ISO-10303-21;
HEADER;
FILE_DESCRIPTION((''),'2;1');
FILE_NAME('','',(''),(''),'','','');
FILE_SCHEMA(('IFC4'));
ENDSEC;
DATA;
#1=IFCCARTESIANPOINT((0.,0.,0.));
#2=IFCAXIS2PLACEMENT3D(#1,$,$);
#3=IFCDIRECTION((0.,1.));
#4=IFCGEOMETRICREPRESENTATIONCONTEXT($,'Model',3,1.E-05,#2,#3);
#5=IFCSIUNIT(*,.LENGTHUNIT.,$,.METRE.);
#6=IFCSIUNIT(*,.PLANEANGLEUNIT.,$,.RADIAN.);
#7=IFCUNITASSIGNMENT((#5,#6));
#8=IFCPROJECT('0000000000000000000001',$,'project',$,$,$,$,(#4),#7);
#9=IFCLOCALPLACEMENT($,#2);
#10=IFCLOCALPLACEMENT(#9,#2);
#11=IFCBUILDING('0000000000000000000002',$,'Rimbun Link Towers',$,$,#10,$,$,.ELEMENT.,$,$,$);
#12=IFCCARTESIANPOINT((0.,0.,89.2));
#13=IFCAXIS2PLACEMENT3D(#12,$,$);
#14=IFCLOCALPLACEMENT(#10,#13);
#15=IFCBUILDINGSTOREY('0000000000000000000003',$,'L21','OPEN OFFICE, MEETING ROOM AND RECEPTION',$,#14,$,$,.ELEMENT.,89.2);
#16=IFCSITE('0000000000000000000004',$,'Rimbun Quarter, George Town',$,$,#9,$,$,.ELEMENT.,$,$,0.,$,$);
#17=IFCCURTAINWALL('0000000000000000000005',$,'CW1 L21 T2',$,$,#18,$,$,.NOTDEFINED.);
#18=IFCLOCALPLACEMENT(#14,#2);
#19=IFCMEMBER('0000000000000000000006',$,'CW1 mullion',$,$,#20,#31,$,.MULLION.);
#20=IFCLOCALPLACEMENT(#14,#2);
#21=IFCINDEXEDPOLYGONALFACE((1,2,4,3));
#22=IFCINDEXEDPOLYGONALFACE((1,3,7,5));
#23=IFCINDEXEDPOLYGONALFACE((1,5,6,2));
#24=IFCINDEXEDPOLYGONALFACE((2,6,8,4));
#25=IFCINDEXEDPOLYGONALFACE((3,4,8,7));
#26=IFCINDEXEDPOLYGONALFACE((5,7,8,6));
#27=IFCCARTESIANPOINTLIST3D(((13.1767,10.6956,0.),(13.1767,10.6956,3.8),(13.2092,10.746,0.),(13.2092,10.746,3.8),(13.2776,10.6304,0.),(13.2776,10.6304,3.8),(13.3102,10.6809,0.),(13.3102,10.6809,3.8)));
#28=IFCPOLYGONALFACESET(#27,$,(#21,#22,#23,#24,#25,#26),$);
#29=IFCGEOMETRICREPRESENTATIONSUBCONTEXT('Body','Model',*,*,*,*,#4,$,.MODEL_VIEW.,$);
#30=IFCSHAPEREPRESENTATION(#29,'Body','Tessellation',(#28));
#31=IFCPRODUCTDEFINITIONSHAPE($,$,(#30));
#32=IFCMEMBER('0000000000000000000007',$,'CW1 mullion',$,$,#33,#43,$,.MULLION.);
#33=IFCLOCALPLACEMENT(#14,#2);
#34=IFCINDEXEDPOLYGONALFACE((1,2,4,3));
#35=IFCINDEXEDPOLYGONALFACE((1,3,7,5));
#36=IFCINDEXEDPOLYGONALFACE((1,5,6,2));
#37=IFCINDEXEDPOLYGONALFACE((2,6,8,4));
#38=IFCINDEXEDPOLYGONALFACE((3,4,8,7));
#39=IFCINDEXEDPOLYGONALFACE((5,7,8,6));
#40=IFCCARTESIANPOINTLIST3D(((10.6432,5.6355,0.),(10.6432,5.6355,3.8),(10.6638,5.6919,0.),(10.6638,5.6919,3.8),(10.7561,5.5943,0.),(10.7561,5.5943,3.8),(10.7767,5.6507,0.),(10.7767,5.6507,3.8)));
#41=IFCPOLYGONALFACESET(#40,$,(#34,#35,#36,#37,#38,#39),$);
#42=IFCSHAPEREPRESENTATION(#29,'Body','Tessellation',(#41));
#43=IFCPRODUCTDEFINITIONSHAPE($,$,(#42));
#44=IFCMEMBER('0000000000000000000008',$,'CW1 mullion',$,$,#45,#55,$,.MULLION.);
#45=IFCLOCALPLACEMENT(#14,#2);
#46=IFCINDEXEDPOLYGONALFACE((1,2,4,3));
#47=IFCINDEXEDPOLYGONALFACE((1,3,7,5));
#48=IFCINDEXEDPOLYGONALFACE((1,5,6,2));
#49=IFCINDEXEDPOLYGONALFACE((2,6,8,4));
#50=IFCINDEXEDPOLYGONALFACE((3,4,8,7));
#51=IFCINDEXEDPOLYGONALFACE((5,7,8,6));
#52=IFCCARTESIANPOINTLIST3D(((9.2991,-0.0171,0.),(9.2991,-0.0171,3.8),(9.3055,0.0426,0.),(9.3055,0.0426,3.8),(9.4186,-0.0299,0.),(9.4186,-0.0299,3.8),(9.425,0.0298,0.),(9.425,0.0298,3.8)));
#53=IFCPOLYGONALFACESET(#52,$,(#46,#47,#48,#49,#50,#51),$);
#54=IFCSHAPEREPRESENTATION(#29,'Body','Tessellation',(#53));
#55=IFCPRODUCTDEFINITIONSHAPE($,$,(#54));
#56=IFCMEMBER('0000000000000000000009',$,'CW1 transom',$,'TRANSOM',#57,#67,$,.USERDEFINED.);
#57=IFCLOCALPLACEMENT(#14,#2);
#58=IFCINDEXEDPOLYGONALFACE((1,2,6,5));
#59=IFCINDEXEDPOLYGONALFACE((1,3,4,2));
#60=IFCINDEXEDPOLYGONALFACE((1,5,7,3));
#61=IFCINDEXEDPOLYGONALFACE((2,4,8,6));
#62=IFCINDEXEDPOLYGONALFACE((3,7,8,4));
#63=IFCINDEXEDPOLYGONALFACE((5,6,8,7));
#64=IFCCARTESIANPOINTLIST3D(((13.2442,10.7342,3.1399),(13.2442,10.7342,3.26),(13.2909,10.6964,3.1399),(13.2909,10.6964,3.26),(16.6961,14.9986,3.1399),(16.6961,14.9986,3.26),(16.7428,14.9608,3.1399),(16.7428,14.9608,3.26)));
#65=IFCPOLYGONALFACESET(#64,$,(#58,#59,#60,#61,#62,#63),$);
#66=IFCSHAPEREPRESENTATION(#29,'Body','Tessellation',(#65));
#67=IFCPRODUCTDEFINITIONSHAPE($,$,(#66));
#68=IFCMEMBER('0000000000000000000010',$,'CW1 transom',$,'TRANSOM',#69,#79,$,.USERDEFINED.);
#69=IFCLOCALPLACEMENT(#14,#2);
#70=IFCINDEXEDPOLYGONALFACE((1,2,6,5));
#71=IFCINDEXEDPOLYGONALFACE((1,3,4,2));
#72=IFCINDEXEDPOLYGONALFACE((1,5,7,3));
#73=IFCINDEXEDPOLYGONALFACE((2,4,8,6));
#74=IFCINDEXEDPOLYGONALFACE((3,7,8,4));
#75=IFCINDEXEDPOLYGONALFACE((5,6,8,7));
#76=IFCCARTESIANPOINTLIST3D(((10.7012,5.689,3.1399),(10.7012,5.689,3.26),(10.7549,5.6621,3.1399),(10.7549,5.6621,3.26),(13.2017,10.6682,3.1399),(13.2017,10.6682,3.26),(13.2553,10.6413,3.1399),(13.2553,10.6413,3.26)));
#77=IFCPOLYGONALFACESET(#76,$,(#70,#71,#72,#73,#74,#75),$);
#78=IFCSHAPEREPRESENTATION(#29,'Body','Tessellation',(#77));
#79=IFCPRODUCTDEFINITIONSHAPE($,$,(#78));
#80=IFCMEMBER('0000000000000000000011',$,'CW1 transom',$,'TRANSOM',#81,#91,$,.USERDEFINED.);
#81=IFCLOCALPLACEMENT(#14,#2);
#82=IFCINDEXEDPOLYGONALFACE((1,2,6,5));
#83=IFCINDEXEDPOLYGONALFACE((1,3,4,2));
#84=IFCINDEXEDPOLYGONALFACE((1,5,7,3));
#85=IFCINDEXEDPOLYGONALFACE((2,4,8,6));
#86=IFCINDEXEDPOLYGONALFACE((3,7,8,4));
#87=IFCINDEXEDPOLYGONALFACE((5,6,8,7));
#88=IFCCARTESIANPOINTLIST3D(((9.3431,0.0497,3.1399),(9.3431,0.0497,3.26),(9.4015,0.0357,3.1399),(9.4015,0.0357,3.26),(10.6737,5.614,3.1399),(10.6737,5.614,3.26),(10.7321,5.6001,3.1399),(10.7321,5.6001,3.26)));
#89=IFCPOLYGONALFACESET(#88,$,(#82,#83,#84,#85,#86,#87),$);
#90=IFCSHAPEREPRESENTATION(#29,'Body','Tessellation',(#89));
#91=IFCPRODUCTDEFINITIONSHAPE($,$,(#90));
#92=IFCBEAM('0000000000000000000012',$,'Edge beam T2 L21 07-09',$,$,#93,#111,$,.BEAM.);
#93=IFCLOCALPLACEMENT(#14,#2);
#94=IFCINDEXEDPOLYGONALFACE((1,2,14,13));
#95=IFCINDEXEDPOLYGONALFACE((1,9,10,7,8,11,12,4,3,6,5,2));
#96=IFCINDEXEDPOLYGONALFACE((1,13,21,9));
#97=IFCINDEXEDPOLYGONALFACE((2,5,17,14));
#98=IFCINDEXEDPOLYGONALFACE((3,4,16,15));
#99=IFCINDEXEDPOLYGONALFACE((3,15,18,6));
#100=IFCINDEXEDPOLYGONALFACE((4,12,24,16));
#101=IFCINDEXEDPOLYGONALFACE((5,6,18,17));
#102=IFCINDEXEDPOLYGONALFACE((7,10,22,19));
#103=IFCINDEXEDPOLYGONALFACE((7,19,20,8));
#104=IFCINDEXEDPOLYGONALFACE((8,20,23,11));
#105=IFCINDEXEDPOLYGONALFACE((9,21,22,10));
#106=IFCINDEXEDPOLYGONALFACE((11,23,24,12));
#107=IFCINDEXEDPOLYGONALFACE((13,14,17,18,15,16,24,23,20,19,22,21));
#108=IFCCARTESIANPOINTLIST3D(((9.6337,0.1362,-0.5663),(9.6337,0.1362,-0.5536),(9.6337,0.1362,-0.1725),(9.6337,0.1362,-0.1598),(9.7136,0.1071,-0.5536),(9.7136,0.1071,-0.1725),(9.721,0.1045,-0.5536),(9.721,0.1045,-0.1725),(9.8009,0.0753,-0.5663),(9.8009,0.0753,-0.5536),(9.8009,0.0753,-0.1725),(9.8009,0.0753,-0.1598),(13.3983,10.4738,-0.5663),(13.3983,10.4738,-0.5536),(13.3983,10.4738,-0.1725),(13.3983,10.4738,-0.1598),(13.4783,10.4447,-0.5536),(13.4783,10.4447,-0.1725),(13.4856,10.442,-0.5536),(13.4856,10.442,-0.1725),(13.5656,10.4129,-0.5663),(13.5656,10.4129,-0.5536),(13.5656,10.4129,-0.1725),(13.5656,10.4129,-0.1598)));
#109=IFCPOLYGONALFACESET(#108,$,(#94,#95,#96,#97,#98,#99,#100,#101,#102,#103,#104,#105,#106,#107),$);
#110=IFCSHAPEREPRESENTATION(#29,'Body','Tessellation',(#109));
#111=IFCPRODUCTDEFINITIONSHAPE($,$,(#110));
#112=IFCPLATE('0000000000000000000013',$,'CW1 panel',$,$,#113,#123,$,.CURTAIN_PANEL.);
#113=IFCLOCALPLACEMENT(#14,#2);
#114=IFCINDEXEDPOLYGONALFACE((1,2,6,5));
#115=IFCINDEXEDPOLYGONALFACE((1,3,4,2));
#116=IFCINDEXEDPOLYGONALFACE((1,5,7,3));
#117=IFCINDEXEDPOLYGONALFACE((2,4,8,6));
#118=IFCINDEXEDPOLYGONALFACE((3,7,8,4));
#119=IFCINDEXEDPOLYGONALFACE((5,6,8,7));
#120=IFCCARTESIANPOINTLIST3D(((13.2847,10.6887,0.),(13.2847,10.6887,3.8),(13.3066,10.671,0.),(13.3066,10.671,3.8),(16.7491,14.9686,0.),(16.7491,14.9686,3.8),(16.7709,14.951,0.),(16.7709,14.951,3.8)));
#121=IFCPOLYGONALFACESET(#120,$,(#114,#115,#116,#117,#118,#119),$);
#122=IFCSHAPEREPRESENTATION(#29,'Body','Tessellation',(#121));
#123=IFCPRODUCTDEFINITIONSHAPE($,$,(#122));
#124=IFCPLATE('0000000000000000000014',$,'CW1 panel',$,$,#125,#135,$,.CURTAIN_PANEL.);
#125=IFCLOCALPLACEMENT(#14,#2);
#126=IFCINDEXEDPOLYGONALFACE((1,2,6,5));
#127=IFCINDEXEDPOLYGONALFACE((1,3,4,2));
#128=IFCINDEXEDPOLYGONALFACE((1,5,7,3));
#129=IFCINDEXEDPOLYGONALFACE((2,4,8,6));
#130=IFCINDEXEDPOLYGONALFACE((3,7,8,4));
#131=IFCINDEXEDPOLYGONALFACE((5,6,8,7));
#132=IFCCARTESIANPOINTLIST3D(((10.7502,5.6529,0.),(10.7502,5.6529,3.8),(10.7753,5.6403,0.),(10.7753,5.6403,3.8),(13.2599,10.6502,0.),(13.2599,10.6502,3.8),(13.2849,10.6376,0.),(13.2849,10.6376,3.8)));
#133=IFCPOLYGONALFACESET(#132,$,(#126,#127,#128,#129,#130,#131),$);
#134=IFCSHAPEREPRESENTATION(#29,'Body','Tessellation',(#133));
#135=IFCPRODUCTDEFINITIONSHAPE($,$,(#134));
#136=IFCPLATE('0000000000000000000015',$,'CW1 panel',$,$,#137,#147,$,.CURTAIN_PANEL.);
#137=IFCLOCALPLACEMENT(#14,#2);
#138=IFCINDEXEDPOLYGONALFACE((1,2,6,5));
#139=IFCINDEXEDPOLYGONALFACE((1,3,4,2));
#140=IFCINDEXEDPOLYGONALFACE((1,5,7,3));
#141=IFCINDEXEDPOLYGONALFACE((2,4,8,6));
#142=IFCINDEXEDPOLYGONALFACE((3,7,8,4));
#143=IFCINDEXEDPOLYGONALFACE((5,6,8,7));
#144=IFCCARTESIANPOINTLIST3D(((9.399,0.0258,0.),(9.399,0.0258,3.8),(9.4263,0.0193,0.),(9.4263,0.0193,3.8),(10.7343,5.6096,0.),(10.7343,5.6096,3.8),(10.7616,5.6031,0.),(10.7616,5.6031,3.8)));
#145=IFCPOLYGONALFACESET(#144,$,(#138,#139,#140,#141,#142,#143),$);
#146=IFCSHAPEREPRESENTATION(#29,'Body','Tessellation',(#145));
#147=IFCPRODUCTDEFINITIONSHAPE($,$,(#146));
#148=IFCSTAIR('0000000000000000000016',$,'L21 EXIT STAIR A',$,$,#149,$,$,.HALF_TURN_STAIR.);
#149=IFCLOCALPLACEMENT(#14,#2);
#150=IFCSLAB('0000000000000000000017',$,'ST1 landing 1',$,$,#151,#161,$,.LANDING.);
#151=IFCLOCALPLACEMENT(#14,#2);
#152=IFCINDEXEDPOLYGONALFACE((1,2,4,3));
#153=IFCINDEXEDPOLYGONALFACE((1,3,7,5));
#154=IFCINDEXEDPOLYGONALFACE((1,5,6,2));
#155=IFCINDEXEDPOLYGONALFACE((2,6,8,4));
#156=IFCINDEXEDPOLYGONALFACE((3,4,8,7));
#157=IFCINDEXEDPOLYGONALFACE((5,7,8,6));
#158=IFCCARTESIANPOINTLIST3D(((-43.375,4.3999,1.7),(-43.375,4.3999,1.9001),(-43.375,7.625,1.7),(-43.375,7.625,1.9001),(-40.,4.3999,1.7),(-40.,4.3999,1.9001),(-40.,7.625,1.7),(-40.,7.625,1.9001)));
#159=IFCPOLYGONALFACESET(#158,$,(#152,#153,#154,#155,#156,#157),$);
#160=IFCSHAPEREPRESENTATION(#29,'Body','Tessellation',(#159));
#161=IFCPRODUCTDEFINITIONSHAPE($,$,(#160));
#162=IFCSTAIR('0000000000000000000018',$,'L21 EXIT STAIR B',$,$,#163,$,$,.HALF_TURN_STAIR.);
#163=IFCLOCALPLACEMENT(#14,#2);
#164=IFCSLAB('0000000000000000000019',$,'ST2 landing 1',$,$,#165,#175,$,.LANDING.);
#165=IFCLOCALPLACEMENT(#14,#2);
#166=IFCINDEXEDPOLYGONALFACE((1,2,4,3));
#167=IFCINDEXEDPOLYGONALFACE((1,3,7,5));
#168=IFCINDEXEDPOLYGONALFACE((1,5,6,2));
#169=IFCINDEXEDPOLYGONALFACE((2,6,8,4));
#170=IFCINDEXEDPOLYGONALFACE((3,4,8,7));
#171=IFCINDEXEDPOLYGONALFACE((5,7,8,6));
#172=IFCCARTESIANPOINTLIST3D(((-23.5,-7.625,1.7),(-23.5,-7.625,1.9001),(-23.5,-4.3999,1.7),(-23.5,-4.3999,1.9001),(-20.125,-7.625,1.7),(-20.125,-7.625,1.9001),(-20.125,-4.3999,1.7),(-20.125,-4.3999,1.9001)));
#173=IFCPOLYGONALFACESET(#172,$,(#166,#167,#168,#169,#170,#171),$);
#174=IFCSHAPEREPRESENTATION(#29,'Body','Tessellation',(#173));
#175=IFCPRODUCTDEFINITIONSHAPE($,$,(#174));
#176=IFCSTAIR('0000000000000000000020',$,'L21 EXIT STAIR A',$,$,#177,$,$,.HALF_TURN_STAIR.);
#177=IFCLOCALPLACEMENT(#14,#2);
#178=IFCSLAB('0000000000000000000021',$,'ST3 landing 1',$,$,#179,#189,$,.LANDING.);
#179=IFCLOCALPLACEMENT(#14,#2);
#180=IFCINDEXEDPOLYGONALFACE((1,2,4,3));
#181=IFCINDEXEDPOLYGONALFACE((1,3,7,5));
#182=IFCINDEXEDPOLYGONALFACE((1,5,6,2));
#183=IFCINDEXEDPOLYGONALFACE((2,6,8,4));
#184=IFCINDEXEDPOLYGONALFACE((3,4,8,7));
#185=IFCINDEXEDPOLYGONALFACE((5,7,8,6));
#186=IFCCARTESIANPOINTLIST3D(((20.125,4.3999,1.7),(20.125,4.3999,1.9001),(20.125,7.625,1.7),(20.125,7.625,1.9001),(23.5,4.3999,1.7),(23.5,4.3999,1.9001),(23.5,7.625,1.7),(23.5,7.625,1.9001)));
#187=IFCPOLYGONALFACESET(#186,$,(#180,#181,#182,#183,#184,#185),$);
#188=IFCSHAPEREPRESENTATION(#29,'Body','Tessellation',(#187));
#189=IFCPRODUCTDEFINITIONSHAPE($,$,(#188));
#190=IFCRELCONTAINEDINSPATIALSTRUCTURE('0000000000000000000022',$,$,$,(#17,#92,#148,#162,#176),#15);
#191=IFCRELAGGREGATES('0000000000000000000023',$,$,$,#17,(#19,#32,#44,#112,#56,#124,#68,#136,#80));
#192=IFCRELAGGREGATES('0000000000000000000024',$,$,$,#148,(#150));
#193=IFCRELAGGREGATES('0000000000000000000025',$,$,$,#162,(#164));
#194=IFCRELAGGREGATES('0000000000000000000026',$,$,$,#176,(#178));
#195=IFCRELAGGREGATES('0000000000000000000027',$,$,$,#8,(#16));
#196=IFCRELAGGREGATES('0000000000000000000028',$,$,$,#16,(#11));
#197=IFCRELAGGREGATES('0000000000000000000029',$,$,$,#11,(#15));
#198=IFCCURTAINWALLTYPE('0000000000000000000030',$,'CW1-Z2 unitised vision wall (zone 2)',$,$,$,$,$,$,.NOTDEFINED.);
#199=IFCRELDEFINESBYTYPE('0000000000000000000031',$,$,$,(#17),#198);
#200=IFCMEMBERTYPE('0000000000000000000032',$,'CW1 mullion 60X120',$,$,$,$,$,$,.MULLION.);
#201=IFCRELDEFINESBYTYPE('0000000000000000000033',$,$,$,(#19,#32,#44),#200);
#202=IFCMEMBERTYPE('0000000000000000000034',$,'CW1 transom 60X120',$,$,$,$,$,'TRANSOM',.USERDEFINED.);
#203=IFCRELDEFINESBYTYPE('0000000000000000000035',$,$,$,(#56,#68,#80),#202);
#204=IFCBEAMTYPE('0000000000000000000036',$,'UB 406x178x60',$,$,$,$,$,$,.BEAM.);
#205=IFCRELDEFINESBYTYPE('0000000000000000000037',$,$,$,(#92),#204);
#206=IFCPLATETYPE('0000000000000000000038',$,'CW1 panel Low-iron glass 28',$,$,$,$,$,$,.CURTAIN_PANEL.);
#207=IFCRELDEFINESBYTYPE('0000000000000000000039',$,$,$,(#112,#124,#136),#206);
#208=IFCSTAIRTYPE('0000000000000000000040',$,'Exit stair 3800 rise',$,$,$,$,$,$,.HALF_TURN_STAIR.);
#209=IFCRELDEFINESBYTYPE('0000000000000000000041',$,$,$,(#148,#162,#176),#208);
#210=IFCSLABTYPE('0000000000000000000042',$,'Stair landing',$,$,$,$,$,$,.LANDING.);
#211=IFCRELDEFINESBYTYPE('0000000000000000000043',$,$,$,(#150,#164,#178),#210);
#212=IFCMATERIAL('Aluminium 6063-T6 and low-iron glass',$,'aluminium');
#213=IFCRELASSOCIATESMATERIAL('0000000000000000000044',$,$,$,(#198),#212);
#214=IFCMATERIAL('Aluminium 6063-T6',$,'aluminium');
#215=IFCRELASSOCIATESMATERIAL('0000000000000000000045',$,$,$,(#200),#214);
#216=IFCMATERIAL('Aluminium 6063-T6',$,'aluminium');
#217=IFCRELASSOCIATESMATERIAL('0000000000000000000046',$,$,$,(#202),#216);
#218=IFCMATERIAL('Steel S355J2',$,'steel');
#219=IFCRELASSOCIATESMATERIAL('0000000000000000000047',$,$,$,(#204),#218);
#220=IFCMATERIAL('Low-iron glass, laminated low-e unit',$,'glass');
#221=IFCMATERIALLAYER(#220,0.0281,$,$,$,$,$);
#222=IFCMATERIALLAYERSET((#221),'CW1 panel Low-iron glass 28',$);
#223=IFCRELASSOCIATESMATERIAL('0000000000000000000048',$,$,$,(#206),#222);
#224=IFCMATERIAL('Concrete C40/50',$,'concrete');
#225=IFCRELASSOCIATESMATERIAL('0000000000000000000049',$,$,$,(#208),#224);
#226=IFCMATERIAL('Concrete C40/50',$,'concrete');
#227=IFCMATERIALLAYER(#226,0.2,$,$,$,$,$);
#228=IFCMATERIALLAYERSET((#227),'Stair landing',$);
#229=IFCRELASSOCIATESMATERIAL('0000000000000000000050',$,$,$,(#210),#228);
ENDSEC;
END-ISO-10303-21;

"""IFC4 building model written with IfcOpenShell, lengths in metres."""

from ifc_helpers import new_model, si_unit, direction, frame, origin, origin_2d, place, context, subcontext, project, spatial, polyline, rectangle, i_section, outline, extrude, material, layer, layer_set, material_profile, profile_set, type_object, element, aggregate, save


model = new_model("IFC4")

# Units and contexts
model_context = context("Model", 3, precision=1e-05, world=origin(), true_north=direction((0.0, 1.0)))
body_context = subcontext(model_context, "Body", "Model", "MODEL_VIEW")
ifc_project = project(units=[si_unit("LENGTHUNIT", "METRE"), si_unit("PLANEANGLEUNIT", "RADIAN")], contexts=[model_context])

# Site, building, storey
site_placement = place(None, origin())
site = spatial("IfcSite", under=ifc_project, at=site_placement, Name="Rimbun Quarter, George Town", CompositionType="ELEMENT", RefElevation=0.0)
building_placement = place(site_placement, origin())
building = spatial("IfcBuilding", under=site, at=building_placement, Name="Rimbun Link Towers", CompositionType="ELEMENT")
storey_placement = place(building_placement, frame((0.0, 0.0, 89.2)))
storey = spatial("IfcBuildingStorey", under=building, at=storey_placement, Name="L21", Description="OPEN OFFICE, MEETING ROOM AND RECEPTION", CompositionType="ELEMENT", Elevation=89.2)

# Curtain wall, members
ifc_material_1 = material(Name="Aluminium 6063-T6 and low-iron glass", Category="aluminium")
curtain_wall_type = type_object("IfcCurtainWallType", Name="CW1-Z2 unitised vision wall (zone 2)", PredefinedType="NOTDEFINED", material=ifc_material_1)
curtain_wall_placement = place(storey_placement, origin())
curtain_wall = element("IfcCurtainWall", 1, at=curtain_wall_placement, inside=storey, type_object=curtain_wall_type, Name="CW1 L21 T2", PredefinedType="NOTDEFINED")
ifc_material_2 = material(Name="Aluminium 6063-T6", Category="aluminium")
ifc_material_profile_1 = material_profile(ifc_material_2, rectangle(XDim=0.1201, YDim=0.0601, at=origin_2d()), Name="MULLION 60X120")
ifc_profile_set_1 = profile_set([ifc_material_profile_1], Name="Aluminium 6063-T6")
member_type_1 = type_object("IfcMemberType", Name="CW1 mullion 60X120", PredefinedType="MULLION", material=ifc_profile_set_1)
member_1_placement = place(storey_placement, frame((13.2434, 10.6882, 0.0), z_axis=(0.0, 0.0, 1.0), x_axis=(-0.84031, 0.542106, 0.0)))
member_1 = element("IfcMember", 2, at=member_1_placement, type_object=member_type_1, Name="CW1 mullion", PredefinedType="MULLION", context=body_context, shape_type="SweptSolid", body=[
    extrude(rectangle(XDim=0.1201, YDim=0.0601, at=origin_2d()), origin(), (0.0, 0.0, 1.0), 3.8),
])
member_2_placement = place(storey_placement, frame((10.71, 5.6431, 0.0), z_axis=(0.0, 0.0, 1.0), x_axis=(-0.939348, 0.342965, 0.0)))
member_2 = element("IfcMember", 3, at=member_2_placement, type_object=member_type_1, Name="CW1 mullion", PredefinedType="MULLION", context=body_context, shape_type="SweptSolid", body=[
    extrude(rectangle(XDim=0.1201, YDim=0.0601, at=origin_2d()), origin(), (0.0, 0.0, 1.0), 3.8),
])
member_3_placement = place(storey_placement, frame((9.3621, 0.0063, 0.0), z_axis=(0.0, 0.0, 1.0), x_axis=(-0.994298, 0.106635, 0.0)))
member_3 = element("IfcMember", 4, at=member_3_placement, type_object=member_type_1, Name="CW1 mullion", PredefinedType="MULLION", context=body_context, shape_type="SweptSolid", body=[
    extrude(rectangle(XDim=0.1201, YDim=0.0601, at=origin_2d()), origin(), (0.0, 0.0, 1.0), 3.8),
])
ifc_material_3 = material(Name="Aluminium 6063-T6", Category="aluminium")
ifc_material_profile_2 = material_profile(ifc_material_3, rectangle(XDim=0.0601, YDim=0.1201, at=origin_2d()), Name="TRANSOM 60X120")
ifc_profile_set_2 = profile_set([ifc_material_profile_2], Name="Aluminium 6063-T6")
member_type_2 = type_object("IfcMemberType", Name="CW1 transom 60X120", ElementType="TRANSOM", PredefinedType="USERDEFINED", material=ifc_profile_set_2)
member_4_placement = place(storey_placement, frame((13.2676, 10.7153, 3.2), z_axis=(0.629173, 0.777266, 0.0), x_axis=(-0.777266, 0.629173, 0.0)))
member_4 = element("IfcMember", 5, at=member_4_placement, type_object=member_type_2, Name="CW1 transom", ObjectType="TRANSOM", PredefinedType="USERDEFINED", context=body_context, shape_type="SweptSolid", body=[
    extrude(rectangle(XDim=0.0601, YDim=0.1201, at=origin_2d()), origin(), (0.0, 0.0, 1.0), 5.4863),
])
member_5_placement = place(storey_placement, frame((10.728, 5.6755, 3.2), z_axis=(0.448773, 0.893646, 0.0), x_axis=(-0.893646, 0.448773, 0.0)))
member_5 = element("IfcMember", 6, at=member_5_placement, type_object=member_type_2, Name="CW1 transom", ObjectType="TRANSOM", PredefinedType="USERDEFINED", context=body_context, shape_type="SweptSolid", body=[
    extrude(rectangle(XDim=0.0601, YDim=0.1201, at=origin_2d()), origin(), (0.0, 0.0, 1.0), 5.5718),
])
member_6_placement = place(storey_placement, frame((9.3723, 0.0427, 3.2), z_axis=(0.232572, 0.972579, 0.0), x_axis=(-0.972579, 0.232572, 0.0)))
member_6 = element("IfcMember", 7, at=member_6_placement, type_object=member_type_2, Name="CW1 transom", ObjectType="TRANSOM", PredefinedType="USERDEFINED", context=body_context, shape_type="SweptSolid", body=[
    extrude(rectangle(XDim=0.0601, YDim=0.1201, at=origin_2d()), origin(), (0.0, 0.0, 1.0), 5.7212),
])

# Beam
ifc_material_4 = material(Name="Steel S355J2", Category="steel")
ifc_material_profile_3 = material_profile(ifc_material_4, i_section(OverallWidth=0.178, OverallDepth=0.4065, WebThickness=0.0078, FlangeThickness=0.0127, at=origin_2d()), Name="UB 406x178x60")
ifc_profile_set_3 = profile_set([ifc_material_profile_3], Name="Steel S355J2")
beam_type = type_object("IfcBeamType", Name="UB 406x178x60", PredefinedType="BEAM", material=ifc_profile_set_3)
beam_placement = place(storey_placement, frame((13.4819, 10.4434, -0.363), z_axis=(-0.342185, -0.939633, 0.0), x_axis=(0.939633, -0.342185, 0.0)))
element("IfcBeam", 8, at=beam_placement, inside=storey, type_object=beam_type, Name="Edge beam T2 L21 07-09", PredefinedType="BEAM", context=body_context, shape_type="SweptSolid", body=[
    extrude(i_section(OverallWidth=0.178, OverallDepth=0.4065, WebThickness=0.0078, FlangeThickness=0.0127, at=origin_2d()), origin(), (0.0, 0.0, 1.0), 11.0017),
])

# Plates
ifc_material_5 = material(Name="Low-iron glass, laminated low-e unit", Category="glass")
ifc_layer_1 = layer(ifc_material_5, 0.0281)
ifc_layer_set_1 = layer_set([ifc_layer_1], Name="CW1 panel Low-iron glass 28")
plate_type = type_object("IfcPlateType", Name="CW1 panel Low-iron glass 28", PredefinedType="CURTAIN_PANEL", material=ifc_layer_set_1)
plate_1_placement = place(storey_placement, frame((15.0278, 12.8198, 0.0), z_axis=(0.0, 0.0, 1.0), x_axis=(0.629159, 0.777276, 0.0)))
plate_1 = element("IfcPlate", 9, at=plate_1_placement, type_object=plate_type, Name="CW1 panel", PredefinedType="CURTAIN_PANEL", context=body_context, shape_type="SweptSolid", body=[
    extrude(rectangle(XDim=5.5063, YDim=0.0281, at=origin_2d()), origin(), (0.0, 0.0, 1.0), 3.8),
])
plate_2_placement = place(storey_placement, frame((12.0176, 8.1453, 0.0), z_axis=(0.0, 0.0, 1.0), x_axis=(0.44879, 0.893637, 0.0)))
plate_2 = element("IfcPlate", 10, at=plate_2_placement, type_object=plate_type, Name="CW1 panel", PredefinedType="CURTAIN_PANEL", context=body_context, shape_type="SweptSolid", body=[
    extrude(rectangle(XDim=5.592, YDim=0.0281, at=origin_2d()), origin(), (0.0, 0.0, 1.0), 3.8),
])
plate_3_placement = place(storey_placement, frame((10.0803, 2.8145, 0.0), z_axis=(0.0, 0.0, 1.0), x_axis=(0.232584, 0.972576, 0.0)))
plate_3 = element("IfcPlate", 11, at=plate_3_placement, type_object=plate_type, Name="CW1 panel", PredefinedType="CURTAIN_PANEL", context=body_context, shape_type="SweptSolid", body=[
    extrude(rectangle(XDim=5.7412, YDim=0.0281, at=origin_2d()), origin(), (0.0, 0.0, 1.0), 3.8),
])
aggregate(curtain_wall, [member_1, member_2, member_3, plate_1, member_4, plate_2, member_5, plate_3, member_6])

# Stairs, slabs
ifc_material_6 = material(Name="Concrete C40/50", Category="concrete")
stair_type = type_object("IfcStairType", Name="Exit stair 3800 rise", PredefinedType="HALF_TURN_STAIR", material=ifc_material_6)
stair_1_placement = place(storey_placement, origin())
stair_1 = element("IfcStair", 12, at=stair_1_placement, inside=storey, type_object=stair_type, Name="L21 EXIT STAIR A", PredefinedType="HALF_TURN_STAIR")
ifc_material_7 = material(Name="Concrete C40/50", Category="concrete")
ifc_layer_2 = layer(ifc_material_7, 0.2)
ifc_layer_set_2 = layer_set([ifc_layer_2], Name="Stair landing")
slab_type = type_object("IfcSlabType", Name="Stair landing", PredefinedType="LANDING", material=ifc_layer_set_2)
slab_1_placement = place(storey_placement, frame((0.0, 0.0, 1.7)))
slab_1 = element("IfcSlab", 13, at=slab_1_placement, type_object=slab_type, Name="ST1 landing 1", PredefinedType="LANDING", context=body_context, shape_type="SweptSolid", body=[
    extrude(outline(polyline([(-40.0, 7.625), (-43.375, 7.625), (-43.375, 4.3999), (-40.0, 4.3999), (-40.0, 7.625)])), origin(), (0.0, 0.0, 1.0), 0.2002),
])
aggregate(stair_1, [slab_1])
stair_2_placement = place(storey_placement, origin())
stair_2 = element("IfcStair", 14, at=stair_2_placement, inside=storey, type_object=stair_type, Name="L21 EXIT STAIR B", PredefinedType="HALF_TURN_STAIR")
slab_2_placement = place(storey_placement, frame((0.0, 0.0, 1.7)))
slab_2 = element("IfcSlab", 15, at=slab_2_placement, type_object=slab_type, Name="ST2 landing 1", PredefinedType="LANDING", context=body_context, shape_type="SweptSolid", body=[
    extrude(outline(polyline([(-23.5, -7.625), (-20.125, -7.625), (-20.125, -4.3999), (-23.5, -4.3999), (-23.5, -7.625)])), origin(), (0.0, 0.0, 1.0), 0.2002),
])
aggregate(stair_2, [slab_2])
stair_3_placement = place(storey_placement, origin())
stair_3 = element("IfcStair", 16, at=stair_3_placement, inside=storey, type_object=stair_type, Name="L21 EXIT STAIR A", PredefinedType="HALF_TURN_STAIR")
slab_3_placement = place(storey_placement, frame((0.0, 0.0, 1.7)))
slab_3 = element("IfcSlab", 17, at=slab_3_placement, type_object=slab_type, Name="ST3 landing 1", PredefinedType="LANDING", context=body_context, shape_type="SweptSolid", body=[
    extrude(outline(polyline([(23.5, 7.625), (20.125, 7.625), (20.125, 4.3999), (23.5, 4.3999), (23.5, 7.625)])), origin(), (0.0, 0.0, 1.0), 0.2002),
])
aggregate(stair_3, [slab_3])

save(model, "model.ifc")
